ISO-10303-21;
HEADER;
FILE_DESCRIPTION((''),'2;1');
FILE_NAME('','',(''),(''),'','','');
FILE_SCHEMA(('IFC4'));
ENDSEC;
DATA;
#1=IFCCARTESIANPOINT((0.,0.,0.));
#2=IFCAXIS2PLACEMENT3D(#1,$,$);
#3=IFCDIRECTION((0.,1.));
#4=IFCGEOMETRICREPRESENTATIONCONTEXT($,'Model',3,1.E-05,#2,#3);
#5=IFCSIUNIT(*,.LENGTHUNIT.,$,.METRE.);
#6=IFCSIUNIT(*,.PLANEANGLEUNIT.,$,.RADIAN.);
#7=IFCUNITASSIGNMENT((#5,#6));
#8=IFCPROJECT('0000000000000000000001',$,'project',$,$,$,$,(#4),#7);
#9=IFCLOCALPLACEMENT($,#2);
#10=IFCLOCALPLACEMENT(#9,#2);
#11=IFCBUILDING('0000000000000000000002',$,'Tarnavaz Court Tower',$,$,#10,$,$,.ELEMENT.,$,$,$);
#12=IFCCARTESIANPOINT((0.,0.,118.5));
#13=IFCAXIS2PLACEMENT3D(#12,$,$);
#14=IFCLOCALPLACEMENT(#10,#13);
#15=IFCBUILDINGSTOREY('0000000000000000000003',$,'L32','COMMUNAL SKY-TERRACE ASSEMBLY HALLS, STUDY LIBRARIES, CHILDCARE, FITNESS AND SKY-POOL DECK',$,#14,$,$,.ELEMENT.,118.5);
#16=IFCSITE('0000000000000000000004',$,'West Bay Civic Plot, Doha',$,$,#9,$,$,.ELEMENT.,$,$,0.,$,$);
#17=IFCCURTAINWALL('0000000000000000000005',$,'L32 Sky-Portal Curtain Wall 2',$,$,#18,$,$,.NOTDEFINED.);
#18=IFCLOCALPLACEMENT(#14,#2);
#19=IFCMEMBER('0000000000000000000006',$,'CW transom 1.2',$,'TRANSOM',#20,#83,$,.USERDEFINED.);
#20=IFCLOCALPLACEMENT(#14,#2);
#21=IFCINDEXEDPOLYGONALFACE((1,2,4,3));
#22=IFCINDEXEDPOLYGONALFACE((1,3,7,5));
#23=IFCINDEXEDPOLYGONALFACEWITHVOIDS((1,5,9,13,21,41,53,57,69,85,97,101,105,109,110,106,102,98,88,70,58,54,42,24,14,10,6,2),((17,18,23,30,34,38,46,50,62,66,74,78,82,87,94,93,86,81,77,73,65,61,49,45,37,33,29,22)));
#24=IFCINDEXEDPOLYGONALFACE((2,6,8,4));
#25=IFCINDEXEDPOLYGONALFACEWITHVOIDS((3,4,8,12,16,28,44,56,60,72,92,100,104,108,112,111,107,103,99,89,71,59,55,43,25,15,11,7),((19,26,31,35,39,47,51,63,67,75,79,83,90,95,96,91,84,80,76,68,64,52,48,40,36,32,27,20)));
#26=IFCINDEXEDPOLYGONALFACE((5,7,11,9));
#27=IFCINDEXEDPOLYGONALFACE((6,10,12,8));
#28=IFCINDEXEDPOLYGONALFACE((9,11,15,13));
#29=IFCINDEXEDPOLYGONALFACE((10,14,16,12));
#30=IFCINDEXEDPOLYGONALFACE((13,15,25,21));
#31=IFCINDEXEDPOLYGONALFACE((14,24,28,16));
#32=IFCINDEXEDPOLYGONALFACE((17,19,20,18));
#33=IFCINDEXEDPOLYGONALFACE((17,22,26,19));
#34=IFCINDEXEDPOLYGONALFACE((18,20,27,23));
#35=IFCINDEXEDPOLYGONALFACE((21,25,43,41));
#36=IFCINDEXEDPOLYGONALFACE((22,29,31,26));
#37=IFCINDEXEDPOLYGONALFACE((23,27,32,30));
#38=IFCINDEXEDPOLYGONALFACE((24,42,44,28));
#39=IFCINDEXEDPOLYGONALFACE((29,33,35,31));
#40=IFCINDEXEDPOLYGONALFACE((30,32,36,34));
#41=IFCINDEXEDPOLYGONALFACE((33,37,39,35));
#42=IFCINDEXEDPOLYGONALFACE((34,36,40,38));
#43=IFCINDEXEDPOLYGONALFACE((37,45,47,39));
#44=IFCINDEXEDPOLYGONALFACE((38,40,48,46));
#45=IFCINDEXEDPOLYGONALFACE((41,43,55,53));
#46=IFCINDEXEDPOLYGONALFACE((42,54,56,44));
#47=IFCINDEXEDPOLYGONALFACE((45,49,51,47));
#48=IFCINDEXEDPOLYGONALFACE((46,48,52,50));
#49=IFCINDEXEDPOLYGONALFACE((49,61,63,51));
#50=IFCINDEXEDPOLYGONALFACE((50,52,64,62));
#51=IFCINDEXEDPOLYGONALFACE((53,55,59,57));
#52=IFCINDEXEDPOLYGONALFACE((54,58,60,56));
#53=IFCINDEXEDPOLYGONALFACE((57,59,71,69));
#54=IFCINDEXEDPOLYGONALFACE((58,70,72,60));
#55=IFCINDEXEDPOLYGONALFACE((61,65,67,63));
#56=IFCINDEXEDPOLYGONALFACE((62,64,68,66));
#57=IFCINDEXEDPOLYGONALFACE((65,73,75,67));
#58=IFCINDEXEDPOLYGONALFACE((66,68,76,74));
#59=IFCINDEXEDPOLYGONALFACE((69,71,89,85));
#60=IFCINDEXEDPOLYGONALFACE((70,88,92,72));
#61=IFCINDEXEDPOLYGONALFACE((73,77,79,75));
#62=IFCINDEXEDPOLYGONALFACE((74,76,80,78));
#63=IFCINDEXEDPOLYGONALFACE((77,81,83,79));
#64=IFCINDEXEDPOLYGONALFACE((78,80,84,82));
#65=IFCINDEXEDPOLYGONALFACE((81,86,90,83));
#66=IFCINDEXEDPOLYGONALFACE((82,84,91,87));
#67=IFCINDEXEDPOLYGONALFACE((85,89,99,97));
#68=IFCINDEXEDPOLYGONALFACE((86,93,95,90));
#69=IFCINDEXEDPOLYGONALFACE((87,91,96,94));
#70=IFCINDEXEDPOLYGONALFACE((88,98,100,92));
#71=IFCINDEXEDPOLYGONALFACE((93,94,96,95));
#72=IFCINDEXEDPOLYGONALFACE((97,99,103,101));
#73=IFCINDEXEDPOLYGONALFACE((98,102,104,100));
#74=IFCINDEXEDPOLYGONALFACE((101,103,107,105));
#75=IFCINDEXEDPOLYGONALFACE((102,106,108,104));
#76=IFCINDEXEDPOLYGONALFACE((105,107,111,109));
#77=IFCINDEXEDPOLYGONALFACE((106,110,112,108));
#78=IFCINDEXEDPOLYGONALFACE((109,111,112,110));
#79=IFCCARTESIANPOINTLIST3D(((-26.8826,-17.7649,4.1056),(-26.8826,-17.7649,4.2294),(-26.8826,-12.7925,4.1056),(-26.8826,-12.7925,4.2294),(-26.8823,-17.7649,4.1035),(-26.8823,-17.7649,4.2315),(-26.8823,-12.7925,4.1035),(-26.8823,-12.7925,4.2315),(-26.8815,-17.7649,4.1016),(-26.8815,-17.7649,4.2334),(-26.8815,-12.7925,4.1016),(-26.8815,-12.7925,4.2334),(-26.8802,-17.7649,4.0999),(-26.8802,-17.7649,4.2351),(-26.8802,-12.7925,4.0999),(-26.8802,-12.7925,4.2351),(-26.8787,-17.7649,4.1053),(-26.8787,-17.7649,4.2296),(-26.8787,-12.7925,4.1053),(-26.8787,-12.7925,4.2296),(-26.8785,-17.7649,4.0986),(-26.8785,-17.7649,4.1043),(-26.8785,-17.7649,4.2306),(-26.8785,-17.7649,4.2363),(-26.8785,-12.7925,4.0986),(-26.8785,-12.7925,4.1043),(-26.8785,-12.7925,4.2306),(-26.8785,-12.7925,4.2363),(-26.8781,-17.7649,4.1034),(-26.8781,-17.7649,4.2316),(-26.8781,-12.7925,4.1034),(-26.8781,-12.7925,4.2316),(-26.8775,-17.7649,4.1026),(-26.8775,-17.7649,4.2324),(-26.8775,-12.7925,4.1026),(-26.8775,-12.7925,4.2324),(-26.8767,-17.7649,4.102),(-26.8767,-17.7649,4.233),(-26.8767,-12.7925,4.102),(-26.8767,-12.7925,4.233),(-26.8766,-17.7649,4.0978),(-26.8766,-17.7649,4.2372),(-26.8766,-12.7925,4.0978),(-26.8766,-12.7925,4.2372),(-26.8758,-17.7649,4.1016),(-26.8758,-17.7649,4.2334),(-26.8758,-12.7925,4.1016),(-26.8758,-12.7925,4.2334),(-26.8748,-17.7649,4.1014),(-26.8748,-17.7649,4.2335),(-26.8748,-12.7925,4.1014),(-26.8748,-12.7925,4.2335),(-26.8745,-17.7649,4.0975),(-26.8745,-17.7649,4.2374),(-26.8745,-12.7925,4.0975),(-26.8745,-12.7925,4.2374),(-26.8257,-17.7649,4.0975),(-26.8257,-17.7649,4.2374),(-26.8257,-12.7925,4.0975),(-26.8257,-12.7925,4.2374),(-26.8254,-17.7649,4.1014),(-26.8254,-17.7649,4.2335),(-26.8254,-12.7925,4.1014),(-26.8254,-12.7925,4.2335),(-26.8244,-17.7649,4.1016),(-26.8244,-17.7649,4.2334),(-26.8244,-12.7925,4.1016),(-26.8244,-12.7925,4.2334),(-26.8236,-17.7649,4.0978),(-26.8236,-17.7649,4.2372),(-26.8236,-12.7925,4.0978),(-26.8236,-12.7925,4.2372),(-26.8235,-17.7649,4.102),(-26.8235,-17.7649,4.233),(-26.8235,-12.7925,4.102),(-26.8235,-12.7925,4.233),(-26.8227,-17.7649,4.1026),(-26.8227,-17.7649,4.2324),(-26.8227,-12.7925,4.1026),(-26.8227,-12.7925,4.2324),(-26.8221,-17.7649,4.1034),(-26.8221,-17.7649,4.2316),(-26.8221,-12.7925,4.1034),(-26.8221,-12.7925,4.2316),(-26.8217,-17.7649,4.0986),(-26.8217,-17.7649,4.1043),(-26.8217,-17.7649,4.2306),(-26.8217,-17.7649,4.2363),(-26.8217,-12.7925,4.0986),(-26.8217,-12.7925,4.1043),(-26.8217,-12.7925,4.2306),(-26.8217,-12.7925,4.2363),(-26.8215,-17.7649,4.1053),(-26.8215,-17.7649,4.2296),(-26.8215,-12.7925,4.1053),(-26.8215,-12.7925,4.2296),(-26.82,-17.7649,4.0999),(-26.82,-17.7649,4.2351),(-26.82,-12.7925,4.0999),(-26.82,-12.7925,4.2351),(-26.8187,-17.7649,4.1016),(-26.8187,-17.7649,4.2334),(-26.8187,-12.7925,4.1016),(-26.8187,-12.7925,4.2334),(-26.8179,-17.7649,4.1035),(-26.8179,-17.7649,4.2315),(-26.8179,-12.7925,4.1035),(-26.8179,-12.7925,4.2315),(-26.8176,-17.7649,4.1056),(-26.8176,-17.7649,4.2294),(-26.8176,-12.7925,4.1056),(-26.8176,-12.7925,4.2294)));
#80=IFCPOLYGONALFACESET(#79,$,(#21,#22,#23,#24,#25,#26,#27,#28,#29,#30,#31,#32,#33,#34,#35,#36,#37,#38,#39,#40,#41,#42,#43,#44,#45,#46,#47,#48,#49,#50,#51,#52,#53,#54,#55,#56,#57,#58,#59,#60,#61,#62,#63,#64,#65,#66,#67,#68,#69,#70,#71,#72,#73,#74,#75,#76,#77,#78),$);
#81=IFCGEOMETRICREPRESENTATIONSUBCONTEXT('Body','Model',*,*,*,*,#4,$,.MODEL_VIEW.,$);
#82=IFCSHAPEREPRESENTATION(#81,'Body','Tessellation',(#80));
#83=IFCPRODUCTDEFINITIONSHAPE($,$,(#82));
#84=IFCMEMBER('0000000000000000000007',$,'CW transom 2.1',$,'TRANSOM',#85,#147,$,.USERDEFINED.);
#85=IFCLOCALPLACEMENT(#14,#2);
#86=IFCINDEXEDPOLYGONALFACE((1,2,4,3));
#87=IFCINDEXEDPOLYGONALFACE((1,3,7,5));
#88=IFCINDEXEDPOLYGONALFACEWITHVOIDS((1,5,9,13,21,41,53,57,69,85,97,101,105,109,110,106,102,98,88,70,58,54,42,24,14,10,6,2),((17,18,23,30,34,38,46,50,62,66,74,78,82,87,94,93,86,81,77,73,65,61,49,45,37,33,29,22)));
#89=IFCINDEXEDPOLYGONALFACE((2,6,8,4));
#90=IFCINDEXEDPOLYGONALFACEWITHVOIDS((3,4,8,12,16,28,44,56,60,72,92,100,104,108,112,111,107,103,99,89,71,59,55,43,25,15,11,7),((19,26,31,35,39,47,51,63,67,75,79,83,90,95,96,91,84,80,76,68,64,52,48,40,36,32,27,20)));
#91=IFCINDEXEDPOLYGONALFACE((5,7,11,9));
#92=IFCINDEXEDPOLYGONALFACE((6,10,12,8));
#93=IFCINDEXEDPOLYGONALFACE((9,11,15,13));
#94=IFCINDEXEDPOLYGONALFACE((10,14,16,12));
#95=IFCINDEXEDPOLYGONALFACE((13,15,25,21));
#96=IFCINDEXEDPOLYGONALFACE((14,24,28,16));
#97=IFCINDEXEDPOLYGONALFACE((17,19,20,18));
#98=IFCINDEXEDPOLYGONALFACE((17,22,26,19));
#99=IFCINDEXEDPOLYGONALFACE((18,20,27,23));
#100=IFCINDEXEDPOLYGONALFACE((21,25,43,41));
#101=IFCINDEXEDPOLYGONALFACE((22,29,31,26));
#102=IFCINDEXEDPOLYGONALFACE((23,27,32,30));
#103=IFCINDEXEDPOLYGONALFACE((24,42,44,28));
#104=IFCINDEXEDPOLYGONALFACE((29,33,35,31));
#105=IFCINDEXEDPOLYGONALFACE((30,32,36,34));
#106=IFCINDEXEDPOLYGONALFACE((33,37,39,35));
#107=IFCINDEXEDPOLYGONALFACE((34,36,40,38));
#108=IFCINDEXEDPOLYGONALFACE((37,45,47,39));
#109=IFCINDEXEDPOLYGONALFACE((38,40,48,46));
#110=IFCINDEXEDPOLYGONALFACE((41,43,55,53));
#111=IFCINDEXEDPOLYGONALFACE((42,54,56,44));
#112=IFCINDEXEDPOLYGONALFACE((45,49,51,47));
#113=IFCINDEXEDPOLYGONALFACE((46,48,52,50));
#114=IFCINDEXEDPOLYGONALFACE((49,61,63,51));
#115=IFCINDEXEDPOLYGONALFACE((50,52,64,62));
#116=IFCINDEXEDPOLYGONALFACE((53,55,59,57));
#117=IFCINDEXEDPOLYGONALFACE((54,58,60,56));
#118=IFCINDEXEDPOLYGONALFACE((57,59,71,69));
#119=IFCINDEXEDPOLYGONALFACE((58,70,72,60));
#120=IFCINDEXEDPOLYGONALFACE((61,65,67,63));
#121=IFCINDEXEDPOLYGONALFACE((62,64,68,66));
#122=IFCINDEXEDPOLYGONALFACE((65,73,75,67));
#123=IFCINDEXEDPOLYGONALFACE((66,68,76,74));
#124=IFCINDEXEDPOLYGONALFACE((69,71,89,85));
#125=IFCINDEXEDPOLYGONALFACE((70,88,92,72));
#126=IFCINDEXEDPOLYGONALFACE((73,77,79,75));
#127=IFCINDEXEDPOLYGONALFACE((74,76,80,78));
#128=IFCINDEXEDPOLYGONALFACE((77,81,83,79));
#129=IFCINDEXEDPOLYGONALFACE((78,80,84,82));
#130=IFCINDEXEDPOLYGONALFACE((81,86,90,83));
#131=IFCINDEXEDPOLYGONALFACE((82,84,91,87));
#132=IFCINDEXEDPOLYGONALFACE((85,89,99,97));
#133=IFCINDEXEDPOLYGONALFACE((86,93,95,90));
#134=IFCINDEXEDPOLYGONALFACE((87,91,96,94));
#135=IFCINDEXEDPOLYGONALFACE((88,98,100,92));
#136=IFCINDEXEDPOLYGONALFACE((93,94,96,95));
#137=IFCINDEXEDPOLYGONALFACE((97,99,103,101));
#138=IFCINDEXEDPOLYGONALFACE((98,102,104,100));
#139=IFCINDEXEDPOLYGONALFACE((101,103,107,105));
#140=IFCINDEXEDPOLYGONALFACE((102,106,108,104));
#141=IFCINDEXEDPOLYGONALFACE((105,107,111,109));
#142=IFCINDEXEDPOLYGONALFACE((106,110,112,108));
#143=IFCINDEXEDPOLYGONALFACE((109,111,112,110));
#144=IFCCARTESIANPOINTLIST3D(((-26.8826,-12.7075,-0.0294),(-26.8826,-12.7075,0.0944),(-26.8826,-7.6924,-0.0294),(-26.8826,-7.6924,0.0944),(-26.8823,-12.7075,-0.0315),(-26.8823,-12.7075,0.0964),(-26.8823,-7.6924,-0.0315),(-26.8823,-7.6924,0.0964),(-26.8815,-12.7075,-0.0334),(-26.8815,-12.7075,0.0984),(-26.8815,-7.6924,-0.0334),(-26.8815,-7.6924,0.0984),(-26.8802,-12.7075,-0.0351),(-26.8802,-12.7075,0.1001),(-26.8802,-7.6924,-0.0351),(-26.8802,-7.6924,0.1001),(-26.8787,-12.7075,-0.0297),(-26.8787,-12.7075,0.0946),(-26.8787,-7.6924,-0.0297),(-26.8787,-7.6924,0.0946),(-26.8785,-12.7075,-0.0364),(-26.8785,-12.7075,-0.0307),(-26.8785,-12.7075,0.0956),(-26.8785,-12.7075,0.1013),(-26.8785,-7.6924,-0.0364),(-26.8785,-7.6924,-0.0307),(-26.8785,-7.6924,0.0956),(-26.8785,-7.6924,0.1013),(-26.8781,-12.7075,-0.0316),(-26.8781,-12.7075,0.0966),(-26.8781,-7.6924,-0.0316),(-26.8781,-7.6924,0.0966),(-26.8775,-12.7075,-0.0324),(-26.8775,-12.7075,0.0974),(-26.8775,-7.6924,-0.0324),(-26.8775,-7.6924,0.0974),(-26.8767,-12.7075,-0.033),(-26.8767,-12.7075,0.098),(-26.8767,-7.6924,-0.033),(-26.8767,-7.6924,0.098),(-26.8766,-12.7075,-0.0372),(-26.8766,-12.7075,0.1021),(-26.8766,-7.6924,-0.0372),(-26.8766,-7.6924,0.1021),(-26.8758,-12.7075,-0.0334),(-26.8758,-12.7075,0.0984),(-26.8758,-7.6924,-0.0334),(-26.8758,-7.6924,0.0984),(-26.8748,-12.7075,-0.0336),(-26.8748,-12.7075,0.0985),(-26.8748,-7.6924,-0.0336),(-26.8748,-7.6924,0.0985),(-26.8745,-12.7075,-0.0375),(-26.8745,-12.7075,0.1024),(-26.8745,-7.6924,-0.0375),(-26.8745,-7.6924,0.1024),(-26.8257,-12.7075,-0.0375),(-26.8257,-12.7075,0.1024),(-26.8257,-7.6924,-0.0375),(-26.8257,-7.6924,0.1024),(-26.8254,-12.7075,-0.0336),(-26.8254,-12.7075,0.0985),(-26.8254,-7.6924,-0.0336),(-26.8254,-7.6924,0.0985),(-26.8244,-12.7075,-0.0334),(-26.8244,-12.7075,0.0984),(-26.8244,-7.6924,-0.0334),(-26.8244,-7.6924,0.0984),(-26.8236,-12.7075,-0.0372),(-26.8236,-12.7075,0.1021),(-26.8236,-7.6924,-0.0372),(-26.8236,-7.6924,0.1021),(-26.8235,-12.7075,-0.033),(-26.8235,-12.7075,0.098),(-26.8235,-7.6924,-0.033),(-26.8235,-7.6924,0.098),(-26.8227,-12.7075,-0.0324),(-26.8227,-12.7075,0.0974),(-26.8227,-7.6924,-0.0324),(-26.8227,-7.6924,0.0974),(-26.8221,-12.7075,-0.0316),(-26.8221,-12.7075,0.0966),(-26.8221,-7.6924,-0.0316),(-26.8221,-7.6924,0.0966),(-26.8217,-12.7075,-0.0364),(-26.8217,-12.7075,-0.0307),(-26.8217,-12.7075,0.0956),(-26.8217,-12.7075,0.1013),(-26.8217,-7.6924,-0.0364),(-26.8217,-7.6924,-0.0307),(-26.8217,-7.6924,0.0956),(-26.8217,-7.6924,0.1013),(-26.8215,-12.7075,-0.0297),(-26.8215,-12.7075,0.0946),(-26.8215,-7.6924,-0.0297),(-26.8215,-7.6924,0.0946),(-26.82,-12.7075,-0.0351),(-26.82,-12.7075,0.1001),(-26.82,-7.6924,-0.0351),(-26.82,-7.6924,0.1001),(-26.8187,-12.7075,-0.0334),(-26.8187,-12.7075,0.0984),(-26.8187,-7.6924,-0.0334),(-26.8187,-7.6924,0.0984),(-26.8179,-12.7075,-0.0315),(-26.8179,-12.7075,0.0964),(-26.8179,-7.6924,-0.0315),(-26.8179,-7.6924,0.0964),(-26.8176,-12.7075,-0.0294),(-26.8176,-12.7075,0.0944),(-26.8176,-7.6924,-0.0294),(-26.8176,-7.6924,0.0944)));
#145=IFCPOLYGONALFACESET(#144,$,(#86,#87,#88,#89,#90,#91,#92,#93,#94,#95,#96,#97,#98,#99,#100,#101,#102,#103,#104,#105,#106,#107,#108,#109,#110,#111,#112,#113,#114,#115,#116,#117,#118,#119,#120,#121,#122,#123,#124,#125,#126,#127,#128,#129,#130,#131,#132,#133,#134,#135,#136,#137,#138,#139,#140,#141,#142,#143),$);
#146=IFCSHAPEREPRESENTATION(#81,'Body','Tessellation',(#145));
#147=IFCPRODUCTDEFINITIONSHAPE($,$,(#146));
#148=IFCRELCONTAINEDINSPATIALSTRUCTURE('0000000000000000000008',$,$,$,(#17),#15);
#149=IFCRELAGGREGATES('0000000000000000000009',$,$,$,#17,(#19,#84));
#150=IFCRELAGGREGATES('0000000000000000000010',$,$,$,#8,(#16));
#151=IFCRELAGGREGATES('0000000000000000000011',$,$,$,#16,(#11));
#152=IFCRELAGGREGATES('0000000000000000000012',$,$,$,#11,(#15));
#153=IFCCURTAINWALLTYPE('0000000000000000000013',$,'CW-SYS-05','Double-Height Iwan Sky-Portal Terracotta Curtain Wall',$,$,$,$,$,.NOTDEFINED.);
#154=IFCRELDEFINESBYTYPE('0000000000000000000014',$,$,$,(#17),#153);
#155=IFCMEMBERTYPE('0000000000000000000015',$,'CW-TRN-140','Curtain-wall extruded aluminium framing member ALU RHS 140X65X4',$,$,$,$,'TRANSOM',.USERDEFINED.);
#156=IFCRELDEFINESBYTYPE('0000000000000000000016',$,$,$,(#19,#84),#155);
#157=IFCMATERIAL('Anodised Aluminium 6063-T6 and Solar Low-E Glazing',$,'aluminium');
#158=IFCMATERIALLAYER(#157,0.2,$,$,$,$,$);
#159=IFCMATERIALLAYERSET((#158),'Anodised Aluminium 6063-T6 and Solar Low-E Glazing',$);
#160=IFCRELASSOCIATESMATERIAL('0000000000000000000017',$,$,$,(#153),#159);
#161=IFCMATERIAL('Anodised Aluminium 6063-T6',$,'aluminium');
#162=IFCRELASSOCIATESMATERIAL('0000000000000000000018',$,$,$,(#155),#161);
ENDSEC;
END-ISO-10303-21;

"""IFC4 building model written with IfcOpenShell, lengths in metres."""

from ifc_helpers import new_model, si_unit, direction, frame, origin, origin_2d, place, context, subcontext, project, spatial, hollow_rectangle, extrude, material, layer, layer_set, material_profile, profile_set, type_object, element, aggregate, save


model = new_model("IFC4")

# Units and contexts
model_context = context("Model", 3, precision=1e-05, world=origin(), true_north=direction((0.0, 1.0)))
body_context = subcontext(model_context, "Body", "Model", "MODEL_VIEW")
ifc_project = project(units=[si_unit("LENGTHUNIT", "METRE"), si_unit("PLANEANGLEUNIT", "RADIAN")], contexts=[model_context])

# Site, building, storey
site_placement = place(None, origin())
site = spatial("IfcSite", under=ifc_project, at=site_placement, Name="West Bay Civic Plot, Doha", CompositionType="ELEMENT", RefElevation=0.0)
building_placement = place(site_placement, origin())
building = spatial("IfcBuilding", under=site, at=building_placement, Name="Tarnavaz Court Tower", CompositionType="ELEMENT")
storey_placement = place(building_placement, frame((0.0, 0.0, 118.5)))
storey = spatial("IfcBuildingStorey", under=building, at=storey_placement, Name="L32", Description="COMMUNAL SKY-TERRACE ASSEMBLY HALLS, STUDY LIBRARIES, CHILDCARE, FITNESS AND SKY-POOL DECK", CompositionType="ELEMENT", Elevation=118.5)

# Curtain wall, members
ifc_material_1 = material(Name="Anodised Aluminium 6063-T6 and Solar Low-E Glazing", Category="aluminium")
ifc_layer_1 = layer(ifc_material_1, 0.2)
ifc_layer_set_1 = layer_set([ifc_layer_1], Name="Anodised Aluminium 6063-T6 and Solar Low-E Glazing")
curtain_wall_type = type_object("IfcCurtainWallType", Name="CW-SYS-05", Description="Double-Height Iwan Sky-Portal Terracotta Curtain Wall", PredefinedType="NOTDEFINED", material=ifc_layer_set_1)
curtain_wall_placement = place(storey_placement, origin())
curtain_wall = element("IfcCurtainWall", 1, at=curtain_wall_placement, inside=storey, type_object=curtain_wall_type, Name="L32 Sky-Portal Curtain Wall 2", PredefinedType="NOTDEFINED")
ifc_material_2 = material(Name="Anodised Aluminium 6063-T6", Category="aluminium")
ifc_material_profile_1 = material_profile(ifc_material_2, hollow_rectangle(XDim=0.0649, YDim=0.1399, WallThickness=0.0039, InnerFilletRadius=0.0039, OuterFilletRadius=0.0081, at=origin_2d()), Name="ALU RHS 140X65X4")
ifc_profile_set_1 = profile_set([ifc_material_profile_1], Name="Anodised Aluminium 6063-T6")
member_type_1 = type_object("IfcMemberType", Name="CW-TRN-140", Description="Curtain-wall extruded aluminium framing member ALU RHS 140X65X4", ElementType="TRANSOM", PredefinedType="USERDEFINED", material=ifc_profile_set_1)
member_1_placement = place(storey_placement, frame((-26.8501, -17.7649, 4.1675), z_axis=(0.0, 1.0, 0.0), x_axis=(-1.0, 0.0, 0.0)))
member_1 = element("IfcMember", 2, at=member_1_placement, type_object=member_type_1, Name="CW transom 1.2", ObjectType="TRANSOM", PredefinedType="USERDEFINED", context=body_context, shape_type="SweptSolid", body=[
    extrude(hollow_rectangle(XDim=0.0649, YDim=0.1399, WallThickness=0.0039, InnerFilletRadius=0.0039, OuterFilletRadius=0.0081, at=origin_2d()), origin(), (0.0, 0.0, 1.0), 4.9724),
])
member_2_placement = place(storey_placement, frame((-26.8501, -12.7075, 0.0325), z_axis=(0.0, 1.0, 0.0), x_axis=(-1.0, 0.0, 0.0)))
member_2 = element("IfcMember", 3, at=member_2_placement, type_object=member_type_1, Name="CW transom 2.1", ObjectType="TRANSOM", PredefinedType="USERDEFINED", context=body_context, shape_type="SweptSolid", body=[
    extrude(hollow_rectangle(XDim=0.0649, YDim=0.1399, WallThickness=0.0039, InnerFilletRadius=0.0039, OuterFilletRadius=0.0081, at=origin_2d()), origin(), (0.0, 0.0, 1.0), 5.0151),
])
aggregate(curtain_wall, [member_1, member_2])

save(model, "model.ifc")
